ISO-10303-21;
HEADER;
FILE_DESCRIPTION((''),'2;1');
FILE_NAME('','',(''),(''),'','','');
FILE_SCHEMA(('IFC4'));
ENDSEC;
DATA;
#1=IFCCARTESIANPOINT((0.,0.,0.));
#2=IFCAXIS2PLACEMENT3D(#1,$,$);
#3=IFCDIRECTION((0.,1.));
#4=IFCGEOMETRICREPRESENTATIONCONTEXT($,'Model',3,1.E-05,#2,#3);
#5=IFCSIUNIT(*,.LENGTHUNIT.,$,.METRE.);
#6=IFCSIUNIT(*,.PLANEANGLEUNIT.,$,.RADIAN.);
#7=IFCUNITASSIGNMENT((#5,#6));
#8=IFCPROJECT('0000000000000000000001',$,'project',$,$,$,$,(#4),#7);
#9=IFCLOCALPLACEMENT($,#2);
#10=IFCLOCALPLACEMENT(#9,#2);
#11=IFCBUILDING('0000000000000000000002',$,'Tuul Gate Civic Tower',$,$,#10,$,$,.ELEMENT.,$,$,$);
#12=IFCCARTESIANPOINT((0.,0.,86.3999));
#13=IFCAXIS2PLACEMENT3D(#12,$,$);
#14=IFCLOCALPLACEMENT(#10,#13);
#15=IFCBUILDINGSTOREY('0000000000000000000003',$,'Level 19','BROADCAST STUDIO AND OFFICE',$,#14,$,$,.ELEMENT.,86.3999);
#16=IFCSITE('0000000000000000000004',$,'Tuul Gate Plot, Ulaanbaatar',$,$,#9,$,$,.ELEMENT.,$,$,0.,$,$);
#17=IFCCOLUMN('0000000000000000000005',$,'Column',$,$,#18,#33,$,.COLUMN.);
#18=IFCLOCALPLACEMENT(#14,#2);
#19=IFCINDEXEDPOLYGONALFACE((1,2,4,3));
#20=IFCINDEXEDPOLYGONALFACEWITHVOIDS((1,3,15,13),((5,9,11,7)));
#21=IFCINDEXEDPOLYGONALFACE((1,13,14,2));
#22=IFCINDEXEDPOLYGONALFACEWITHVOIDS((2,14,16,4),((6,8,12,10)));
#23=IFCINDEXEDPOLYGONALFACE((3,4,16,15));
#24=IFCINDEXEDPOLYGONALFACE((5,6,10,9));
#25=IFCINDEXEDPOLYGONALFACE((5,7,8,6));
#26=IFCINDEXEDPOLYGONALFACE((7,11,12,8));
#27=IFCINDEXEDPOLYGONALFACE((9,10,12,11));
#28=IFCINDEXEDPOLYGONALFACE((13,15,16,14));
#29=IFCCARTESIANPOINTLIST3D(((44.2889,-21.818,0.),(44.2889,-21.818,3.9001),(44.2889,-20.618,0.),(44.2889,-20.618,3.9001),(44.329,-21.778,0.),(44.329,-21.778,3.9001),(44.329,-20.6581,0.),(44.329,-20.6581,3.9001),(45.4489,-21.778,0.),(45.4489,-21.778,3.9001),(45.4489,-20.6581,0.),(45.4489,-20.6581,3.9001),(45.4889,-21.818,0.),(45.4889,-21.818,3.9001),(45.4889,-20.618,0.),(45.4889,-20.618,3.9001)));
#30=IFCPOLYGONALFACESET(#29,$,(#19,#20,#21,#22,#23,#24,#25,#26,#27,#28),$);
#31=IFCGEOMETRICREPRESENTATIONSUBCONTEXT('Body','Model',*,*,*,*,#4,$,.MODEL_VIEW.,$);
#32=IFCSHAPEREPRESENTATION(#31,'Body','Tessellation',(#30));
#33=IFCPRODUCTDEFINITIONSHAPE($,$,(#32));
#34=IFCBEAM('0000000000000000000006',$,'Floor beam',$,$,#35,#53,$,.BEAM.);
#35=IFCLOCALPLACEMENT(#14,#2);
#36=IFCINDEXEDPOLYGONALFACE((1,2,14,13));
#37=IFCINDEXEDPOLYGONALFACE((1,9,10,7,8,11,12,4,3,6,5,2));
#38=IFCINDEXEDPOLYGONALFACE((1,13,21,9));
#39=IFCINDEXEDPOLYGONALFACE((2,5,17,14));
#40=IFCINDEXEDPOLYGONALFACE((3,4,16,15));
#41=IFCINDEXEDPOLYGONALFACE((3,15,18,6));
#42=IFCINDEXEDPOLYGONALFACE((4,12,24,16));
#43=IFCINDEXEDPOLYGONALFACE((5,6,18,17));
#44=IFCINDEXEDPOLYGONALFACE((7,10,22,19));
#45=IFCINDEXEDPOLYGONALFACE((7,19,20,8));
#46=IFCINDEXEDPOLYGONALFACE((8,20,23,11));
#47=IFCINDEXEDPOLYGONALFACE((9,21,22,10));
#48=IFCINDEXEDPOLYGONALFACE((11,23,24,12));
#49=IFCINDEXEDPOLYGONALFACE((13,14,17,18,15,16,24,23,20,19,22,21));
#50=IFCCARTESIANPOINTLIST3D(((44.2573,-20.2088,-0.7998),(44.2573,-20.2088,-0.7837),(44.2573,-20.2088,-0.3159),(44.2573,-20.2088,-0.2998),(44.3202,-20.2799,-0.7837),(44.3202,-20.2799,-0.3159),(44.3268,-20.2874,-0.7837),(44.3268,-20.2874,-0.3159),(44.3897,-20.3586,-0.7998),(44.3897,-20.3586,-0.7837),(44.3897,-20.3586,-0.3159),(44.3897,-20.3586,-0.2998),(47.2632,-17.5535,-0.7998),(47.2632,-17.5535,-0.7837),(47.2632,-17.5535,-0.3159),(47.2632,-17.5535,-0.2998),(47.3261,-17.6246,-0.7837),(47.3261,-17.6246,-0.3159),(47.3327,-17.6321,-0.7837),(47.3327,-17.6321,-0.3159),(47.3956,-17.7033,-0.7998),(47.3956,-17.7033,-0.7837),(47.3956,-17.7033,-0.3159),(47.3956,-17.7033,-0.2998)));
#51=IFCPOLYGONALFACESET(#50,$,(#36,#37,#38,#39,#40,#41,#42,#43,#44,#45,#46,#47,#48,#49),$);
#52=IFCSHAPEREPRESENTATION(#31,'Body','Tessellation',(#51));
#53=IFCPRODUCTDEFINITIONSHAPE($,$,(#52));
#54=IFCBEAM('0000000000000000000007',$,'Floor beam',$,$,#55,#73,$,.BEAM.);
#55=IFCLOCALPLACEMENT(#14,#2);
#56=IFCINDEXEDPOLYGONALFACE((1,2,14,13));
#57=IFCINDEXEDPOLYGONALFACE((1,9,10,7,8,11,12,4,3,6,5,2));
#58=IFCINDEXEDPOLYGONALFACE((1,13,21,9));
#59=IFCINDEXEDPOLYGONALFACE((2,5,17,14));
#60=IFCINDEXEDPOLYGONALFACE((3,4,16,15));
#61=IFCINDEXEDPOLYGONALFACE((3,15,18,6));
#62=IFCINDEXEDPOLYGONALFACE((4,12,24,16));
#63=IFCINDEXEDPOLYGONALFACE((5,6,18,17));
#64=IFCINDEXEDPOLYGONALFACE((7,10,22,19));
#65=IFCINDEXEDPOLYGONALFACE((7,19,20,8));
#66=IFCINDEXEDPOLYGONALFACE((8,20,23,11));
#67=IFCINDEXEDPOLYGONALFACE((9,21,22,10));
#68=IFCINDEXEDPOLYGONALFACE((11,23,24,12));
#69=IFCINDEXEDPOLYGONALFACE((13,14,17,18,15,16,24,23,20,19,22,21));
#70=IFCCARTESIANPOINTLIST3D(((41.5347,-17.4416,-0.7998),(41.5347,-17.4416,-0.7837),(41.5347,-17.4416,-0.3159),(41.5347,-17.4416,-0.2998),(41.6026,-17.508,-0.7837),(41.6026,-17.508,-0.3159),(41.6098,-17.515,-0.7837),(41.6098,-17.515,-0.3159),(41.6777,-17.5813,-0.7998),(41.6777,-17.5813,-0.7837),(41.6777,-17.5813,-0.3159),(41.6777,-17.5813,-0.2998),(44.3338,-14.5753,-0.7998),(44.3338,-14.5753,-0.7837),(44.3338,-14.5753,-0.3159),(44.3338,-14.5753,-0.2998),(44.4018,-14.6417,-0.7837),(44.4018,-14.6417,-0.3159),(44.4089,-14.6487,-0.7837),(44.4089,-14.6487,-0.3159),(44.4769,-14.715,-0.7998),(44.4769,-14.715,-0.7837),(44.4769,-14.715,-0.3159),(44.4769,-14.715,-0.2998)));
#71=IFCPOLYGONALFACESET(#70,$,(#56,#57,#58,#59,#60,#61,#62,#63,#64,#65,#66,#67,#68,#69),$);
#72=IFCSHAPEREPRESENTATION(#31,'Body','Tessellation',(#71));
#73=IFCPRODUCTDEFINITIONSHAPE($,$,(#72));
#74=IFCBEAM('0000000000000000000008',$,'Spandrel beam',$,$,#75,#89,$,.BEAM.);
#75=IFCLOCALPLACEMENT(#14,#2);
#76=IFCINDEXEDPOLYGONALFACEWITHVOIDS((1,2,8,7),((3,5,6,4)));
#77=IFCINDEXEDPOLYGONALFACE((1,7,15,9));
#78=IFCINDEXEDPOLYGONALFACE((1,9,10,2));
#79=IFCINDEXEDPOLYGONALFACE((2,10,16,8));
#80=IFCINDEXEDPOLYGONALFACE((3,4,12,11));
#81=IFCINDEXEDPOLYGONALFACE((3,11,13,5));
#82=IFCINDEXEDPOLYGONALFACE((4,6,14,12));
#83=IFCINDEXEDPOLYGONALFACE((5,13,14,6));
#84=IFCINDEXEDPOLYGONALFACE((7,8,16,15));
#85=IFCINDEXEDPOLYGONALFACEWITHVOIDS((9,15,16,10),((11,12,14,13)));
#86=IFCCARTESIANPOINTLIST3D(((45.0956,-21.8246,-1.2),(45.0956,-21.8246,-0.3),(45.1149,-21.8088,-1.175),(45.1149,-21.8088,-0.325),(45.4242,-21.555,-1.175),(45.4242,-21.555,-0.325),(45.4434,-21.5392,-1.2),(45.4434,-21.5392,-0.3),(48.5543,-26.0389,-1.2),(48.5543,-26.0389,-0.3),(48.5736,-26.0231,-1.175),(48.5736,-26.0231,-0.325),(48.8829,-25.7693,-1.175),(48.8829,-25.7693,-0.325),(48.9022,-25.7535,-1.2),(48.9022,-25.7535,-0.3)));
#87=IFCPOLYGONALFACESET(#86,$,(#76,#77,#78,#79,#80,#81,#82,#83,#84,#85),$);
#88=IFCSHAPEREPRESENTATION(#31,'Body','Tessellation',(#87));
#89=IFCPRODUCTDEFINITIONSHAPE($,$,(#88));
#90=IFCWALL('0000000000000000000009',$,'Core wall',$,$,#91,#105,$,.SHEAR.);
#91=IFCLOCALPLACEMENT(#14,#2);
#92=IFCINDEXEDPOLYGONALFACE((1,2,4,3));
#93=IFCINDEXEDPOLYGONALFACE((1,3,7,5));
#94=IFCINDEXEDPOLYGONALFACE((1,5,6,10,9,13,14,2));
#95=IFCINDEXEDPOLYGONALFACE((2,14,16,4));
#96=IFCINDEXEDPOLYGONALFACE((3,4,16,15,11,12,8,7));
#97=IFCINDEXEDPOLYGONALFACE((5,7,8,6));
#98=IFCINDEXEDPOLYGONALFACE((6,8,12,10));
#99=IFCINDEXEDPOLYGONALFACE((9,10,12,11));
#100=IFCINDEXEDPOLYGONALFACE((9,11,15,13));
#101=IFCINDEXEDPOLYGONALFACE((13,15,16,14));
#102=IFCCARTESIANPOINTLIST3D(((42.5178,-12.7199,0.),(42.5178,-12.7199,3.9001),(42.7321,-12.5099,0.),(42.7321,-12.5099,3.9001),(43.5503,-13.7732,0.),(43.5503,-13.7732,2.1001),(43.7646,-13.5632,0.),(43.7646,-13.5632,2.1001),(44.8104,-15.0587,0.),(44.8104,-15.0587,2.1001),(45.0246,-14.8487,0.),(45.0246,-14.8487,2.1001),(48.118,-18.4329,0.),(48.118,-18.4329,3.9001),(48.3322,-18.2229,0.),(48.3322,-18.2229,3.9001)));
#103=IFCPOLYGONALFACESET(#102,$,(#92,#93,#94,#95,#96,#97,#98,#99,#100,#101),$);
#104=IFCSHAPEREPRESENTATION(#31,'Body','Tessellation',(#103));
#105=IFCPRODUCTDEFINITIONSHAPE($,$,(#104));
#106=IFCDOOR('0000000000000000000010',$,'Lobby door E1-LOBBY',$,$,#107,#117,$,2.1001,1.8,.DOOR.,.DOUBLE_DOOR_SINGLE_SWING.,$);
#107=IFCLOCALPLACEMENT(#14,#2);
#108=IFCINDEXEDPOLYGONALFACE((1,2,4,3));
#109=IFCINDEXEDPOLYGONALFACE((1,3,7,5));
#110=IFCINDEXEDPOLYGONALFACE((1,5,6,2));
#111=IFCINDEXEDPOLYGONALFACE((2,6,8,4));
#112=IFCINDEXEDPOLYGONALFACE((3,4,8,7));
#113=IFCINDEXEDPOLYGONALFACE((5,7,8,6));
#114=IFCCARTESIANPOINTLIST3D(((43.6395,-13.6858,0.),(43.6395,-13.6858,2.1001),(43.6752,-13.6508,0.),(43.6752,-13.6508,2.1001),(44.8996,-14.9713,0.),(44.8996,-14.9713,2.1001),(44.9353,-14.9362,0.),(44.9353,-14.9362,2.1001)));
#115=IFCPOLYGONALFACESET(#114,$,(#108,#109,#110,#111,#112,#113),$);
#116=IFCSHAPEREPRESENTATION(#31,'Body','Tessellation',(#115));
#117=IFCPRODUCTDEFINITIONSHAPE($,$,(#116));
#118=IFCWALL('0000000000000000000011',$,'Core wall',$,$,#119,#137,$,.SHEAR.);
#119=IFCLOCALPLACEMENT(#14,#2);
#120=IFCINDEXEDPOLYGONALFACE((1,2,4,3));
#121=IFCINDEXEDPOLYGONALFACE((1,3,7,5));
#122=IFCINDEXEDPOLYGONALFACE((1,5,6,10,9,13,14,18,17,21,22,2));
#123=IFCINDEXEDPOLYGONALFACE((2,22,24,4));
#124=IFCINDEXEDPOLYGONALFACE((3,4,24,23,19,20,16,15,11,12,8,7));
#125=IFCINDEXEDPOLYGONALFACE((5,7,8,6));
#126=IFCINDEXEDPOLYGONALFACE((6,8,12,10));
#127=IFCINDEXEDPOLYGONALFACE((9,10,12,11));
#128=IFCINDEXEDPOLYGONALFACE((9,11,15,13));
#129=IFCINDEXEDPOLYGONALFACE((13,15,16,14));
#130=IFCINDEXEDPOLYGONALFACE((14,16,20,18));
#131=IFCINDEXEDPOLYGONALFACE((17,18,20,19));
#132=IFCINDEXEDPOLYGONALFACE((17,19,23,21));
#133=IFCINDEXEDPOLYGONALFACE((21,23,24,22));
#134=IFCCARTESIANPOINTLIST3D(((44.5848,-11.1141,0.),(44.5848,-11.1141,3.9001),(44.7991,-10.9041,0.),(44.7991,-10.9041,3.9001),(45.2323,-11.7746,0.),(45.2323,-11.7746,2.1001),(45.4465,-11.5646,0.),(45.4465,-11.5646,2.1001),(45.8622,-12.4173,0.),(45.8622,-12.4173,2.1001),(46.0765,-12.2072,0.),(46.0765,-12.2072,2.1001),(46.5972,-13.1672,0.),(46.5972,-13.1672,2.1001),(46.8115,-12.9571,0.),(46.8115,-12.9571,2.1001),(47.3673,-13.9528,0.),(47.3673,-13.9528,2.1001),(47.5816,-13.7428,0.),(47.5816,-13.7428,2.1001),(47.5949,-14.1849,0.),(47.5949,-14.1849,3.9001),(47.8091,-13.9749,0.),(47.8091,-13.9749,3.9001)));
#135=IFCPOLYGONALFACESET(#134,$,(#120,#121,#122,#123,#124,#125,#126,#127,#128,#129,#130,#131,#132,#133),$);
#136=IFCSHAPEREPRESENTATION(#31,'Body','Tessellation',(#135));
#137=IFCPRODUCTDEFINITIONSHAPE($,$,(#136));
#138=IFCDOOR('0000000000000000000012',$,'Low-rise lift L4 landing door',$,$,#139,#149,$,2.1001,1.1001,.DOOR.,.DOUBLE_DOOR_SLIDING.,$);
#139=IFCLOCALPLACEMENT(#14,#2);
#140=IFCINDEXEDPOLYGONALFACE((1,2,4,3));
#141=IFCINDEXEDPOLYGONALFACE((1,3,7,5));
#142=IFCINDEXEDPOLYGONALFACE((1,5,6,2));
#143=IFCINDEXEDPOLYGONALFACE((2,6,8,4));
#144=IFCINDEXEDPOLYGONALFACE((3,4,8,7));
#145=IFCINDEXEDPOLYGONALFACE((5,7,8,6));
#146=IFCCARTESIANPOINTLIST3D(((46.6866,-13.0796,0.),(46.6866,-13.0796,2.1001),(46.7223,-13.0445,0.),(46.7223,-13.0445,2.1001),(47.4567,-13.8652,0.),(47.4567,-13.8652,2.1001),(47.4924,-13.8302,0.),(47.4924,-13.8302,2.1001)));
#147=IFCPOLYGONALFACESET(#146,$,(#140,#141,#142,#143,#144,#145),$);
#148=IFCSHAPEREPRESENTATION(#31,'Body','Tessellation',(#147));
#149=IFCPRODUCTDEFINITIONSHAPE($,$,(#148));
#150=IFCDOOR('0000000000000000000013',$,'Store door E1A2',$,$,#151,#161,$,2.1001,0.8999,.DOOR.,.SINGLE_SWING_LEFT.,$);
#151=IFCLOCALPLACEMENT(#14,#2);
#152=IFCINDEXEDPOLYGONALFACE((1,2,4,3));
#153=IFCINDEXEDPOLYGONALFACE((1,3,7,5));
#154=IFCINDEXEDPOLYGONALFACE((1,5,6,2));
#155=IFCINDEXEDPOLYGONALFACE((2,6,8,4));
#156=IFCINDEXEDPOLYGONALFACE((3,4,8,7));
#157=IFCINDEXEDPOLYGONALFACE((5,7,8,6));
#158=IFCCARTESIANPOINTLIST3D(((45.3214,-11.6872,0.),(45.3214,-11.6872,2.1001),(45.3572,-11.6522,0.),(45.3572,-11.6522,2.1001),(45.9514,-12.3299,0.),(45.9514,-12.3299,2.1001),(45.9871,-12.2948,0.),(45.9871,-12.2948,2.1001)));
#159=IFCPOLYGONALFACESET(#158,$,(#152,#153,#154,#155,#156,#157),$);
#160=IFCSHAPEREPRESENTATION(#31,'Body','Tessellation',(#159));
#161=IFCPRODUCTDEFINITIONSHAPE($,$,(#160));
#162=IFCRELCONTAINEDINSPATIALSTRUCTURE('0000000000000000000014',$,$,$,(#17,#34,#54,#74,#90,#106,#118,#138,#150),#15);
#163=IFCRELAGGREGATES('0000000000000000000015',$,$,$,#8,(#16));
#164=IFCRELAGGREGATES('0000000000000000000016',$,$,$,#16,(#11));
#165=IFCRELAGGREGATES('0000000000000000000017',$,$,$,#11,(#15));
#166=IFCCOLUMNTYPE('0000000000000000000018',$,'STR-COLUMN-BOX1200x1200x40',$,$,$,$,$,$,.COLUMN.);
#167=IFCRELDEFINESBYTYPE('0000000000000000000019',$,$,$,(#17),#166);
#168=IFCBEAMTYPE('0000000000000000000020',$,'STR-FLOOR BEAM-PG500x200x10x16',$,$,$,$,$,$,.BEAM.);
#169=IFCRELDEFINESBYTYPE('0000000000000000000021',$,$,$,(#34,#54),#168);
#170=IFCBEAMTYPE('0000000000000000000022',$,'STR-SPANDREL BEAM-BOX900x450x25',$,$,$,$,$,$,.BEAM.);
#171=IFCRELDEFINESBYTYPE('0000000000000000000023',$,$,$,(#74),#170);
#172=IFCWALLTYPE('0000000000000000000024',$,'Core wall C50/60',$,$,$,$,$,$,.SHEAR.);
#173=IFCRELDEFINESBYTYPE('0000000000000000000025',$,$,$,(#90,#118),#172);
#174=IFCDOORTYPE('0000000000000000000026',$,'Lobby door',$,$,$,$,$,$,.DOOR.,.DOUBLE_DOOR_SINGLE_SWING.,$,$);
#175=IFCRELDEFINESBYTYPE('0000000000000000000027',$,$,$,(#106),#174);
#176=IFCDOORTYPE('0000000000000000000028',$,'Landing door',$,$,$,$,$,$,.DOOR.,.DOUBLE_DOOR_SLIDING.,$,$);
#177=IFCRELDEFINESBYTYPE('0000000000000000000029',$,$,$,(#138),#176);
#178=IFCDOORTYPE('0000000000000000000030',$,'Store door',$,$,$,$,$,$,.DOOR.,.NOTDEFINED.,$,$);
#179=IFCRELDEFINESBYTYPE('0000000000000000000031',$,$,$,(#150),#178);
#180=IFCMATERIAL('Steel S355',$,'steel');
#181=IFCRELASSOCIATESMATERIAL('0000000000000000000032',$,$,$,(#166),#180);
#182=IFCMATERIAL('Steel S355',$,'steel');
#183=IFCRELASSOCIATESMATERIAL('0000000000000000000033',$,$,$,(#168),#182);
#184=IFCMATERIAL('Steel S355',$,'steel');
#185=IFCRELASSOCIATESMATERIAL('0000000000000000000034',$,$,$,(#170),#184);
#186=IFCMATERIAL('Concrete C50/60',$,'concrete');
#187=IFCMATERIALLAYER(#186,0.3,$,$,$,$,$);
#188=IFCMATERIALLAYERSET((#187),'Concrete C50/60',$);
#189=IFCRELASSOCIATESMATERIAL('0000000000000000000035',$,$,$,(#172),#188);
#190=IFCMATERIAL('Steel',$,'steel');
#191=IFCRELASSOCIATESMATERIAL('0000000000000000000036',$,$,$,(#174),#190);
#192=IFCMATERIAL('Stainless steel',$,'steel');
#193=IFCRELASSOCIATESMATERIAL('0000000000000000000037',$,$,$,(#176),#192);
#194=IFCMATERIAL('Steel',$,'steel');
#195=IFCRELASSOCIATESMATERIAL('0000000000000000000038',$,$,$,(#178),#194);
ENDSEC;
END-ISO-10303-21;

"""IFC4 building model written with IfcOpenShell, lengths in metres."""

from ifc_helpers import new_model, si_unit, direction, frame, frame_2d, origin, origin_2d, place, context, subcontext, project, spatial, rectangle, hollow_rectangle, i_section, extrude, material, layer, layer_set, material_profile, profile_set, type_object, element, fill, save


model = new_model("IFC4")

# Units and contexts
model_context = context("Model", 3, precision=1e-05, world=origin(), true_north=direction((0.0, 1.0)))
body_context = subcontext(model_context, "Body", "Model", "MODEL_VIEW")
ifc_project = project(units=[si_unit("LENGTHUNIT", "METRE"), si_unit("PLANEANGLEUNIT", "RADIAN")], contexts=[model_context])

# Site, building, storey
site_placement = place(None, origin())
site = spatial("IfcSite", under=ifc_project, at=site_placement, Name="Tuul Gate Plot, Ulaanbaatar", CompositionType="ELEMENT", RefElevation=0.0)
building_placement = place(site_placement, origin())
building = spatial("IfcBuilding", under=site, at=building_placement, Name="Tuul Gate Civic Tower", CompositionType="ELEMENT")
storey_placement = place(building_placement, frame((0.0, 0.0, 86.3999)))
storey = spatial("IfcBuildingStorey", under=building, at=storey_placement, Name="Level 19", Description="BROADCAST STUDIO AND OFFICE", CompositionType="ELEMENT", Elevation=86.3999)

# Column
ifc_material_1 = material(Name="Steel S355", Category="steel")
ifc_material_profile_1 = material_profile(ifc_material_1, hollow_rectangle(XDim=1.2, YDim=1.2, WallThickness=0.04, at=origin_2d()), Name="BOX1200x1200x40")
ifc_profile_set_1 = profile_set([ifc_material_profile_1], Name="Steel S355")
column_type = type_object("IfcColumnType", Name="STR-COLUMN-BOX1200x1200x40", PredefinedType="COLUMN", material=ifc_profile_set_1)
column_placement = place(storey_placement, frame((44.8889, -21.218, 0.0), z_axis=(0.0, 0.0, 1.0), x_axis=(1.0, 0.0, 0.0)))
element("IfcColumn", 1, at=column_placement, inside=storey, type_object=column_type, Name="Column", PredefinedType="COLUMN", context=body_context, shape_type="SweptSolid", body=[
    extrude(hollow_rectangle(XDim=1.2, YDim=1.2, WallThickness=0.04, at=origin_2d()), origin(), (0.0, 0.0, 1.0), 3.9001),
])

# Beams
ifc_material_2 = material(Name="Steel S355", Category="steel")
ifc_material_profile_2 = material_profile(ifc_material_2, i_section(OverallWidth=0.2, OverallDepth=0.5, WebThickness=0.01, FlangeThickness=0.0161, at=origin_2d()), Name="PG500x200x10x16")
ifc_profile_set_2 = profile_set([ifc_material_profile_2], Name="Steel S355")
beam_type_1 = type_object("IfcBeamType", Name="STR-FLOOR BEAM-PG500x200x10x16", PredefinedType="BEAM", material=ifc_profile_set_2)
beam_1_placement = place(storey_placement, frame((44.3235, -20.2837, -0.5498), z_axis=(0.749461, 0.662048, 0.0), x_axis=(-0.662048, 0.749461, 0.0)))
element("IfcBeam", 2, at=beam_1_placement, inside=storey, type_object=beam_type_1, Name="Floor beam", PredefinedType="BEAM", context=body_context, shape_type="SweptSolid", body=[
    extrude(i_section(OverallWidth=0.2, OverallDepth=0.5, WebThickness=0.01, FlangeThickness=0.0161, at=origin_2d()), origin(), (0.0, 0.0, 1.0), 4.0107),
])
beam_2_placement = place(storey_placement, frame((41.6062, -17.5115, -0.5498), z_axis=(0.698678, 0.715436, 0.0), x_axis=(-0.715436, 0.698678, 0.0)))
element("IfcBeam", 3, at=beam_2_placement, inside=storey, type_object=beam_type_1, Name="Floor beam", PredefinedType="BEAM", context=body_context, shape_type="SweptSolid", body=[
    extrude(i_section(OverallWidth=0.2, OverallDepth=0.5, WebThickness=0.01, FlangeThickness=0.0161, at=origin_2d()), origin(), (0.0, 0.0, 1.0), 4.0063),
])
ifc_material_3 = material(Name="Steel S355", Category="steel")
ifc_material_profile_3 = material_profile(ifc_material_3, hollow_rectangle(XDim=0.45, YDim=0.8999, WallThickness=0.0249, at=origin_2d()), Name="BOX900x450x25")
ifc_profile_set_3 = profile_set([ifc_material_profile_3], Name="Steel S355")
beam_type_2 = type_object("IfcBeamType", Name="STR-SPANDREL BEAM-BOX900x450x25", PredefinedType="BEAM", material=ifc_profile_set_3)
beam_3_placement = place(storey_placement, frame((45.2695, -21.6819, -0.75), z_axis=(0.634405, -0.773001, 0.0), x_axis=(0.773001, 0.634405, 0.0)))
element("IfcBeam", 4, at=beam_3_placement, inside=storey, type_object=beam_type_2, Name="Spandrel beam", PredefinedType="BEAM", context=body_context, shape_type="SweptSolid", body=[
    extrude(hollow_rectangle(XDim=0.45, YDim=0.8999, WallThickness=0.0249, at=origin_2d()), origin(), (0.0, 0.0, 1.0), 5.4519),
])

# Wall, opening, door
ifc_material_4 = material(Name="Concrete C50/60", Category="concrete")
ifc_layer_1 = layer(ifc_material_4, 0.3)
ifc_layer_set_1 = layer_set([ifc_layer_1], Name="Concrete C50/60")
wall_type_1 = type_object("IfcWallType", Name="Core wall C50/60", PredefinedType="SHEAR", material=ifc_layer_set_1)
wall_1_placement = place(storey_placement, frame((48.2251, -18.3279, 0.0), z_axis=(0.0, 0.0, 1.0), x_axis=(-0.700022, 0.714121, 0.0)))
wall_1 = element("IfcWall", 5, at=wall_1_placement, inside=storey, type_object=wall_type_1, Name="Core wall", PredefinedType="SHEAR", context=body_context, shape_type="SweptSolid", body=[
    extrude(rectangle(XDim=8.0, YDim=0.3, at=frame_2d((4.0, 0.0))), origin(), (0.0, 0.0, 1.0), 3.9001),
])
opening_1_placement = place(wall_1_placement, frame((4.7251, 0.0, 0.0)))
opening_1 = element("IfcOpeningElement", 6, at=opening_1_placement, cuts=wall_1, PredefinedType="OPENING", context=body_context, shape_type="SweptSolid", body=[
    extrude(rectangle(XDim=1.8, YDim=2.1001, at=frame_2d((0.8999, 1.05))), frame((0.0, 0.1602, 0.0), z_axis=(0.0, -1.0, 0.0), x_axis=(1.0, 0.0, 0.0)), (0.0, 0.0, 1.0), 0.3201),
])
ifc_material_5 = material(Name="Steel", Category="steel")
door_type_1 = type_object("IfcDoorType", Name="Lobby door", OperationType="DOUBLE_DOOR_SINGLE_SWING", PredefinedType="DOOR", material=ifc_material_5)
door_1_placement = place(opening_1_placement, frame((1.8, 0.0, 0.0), z_axis=(0.0, 0.0, 1.0), x_axis=(-1.0, 0.0, 0.0)))
door_1 = element("IfcDoor", 7, at=door_1_placement, inside=storey, type_object=door_type_1, Name="Lobby door E1-LOBBY", OperationType="DOUBLE_DOOR_SINGLE_SWING", OverallHeight=2.1001, OverallWidth=1.8, PredefinedType="DOOR", context=body_context, shape_type="SweptSolid", body=[
    extrude(rectangle(XDim=1.8, YDim=2.1001, at=frame_2d((0.9001, 1.05))), frame((0.0, 0.0249, 0.0), z_axis=(0.0, -1.0, 0.0), x_axis=(1.0, 0.0, 0.0)), (0.0, 0.0, 1.0), 0.05),
])
fill(opening_1, door_1)

# Wall, openings, doors
wall_2_placement = place(storey_placement, frame((47.7019, -14.0798, 0.0), z_axis=(0.0, 0.0, 1.0), x_axis=(-0.700003, 0.71414, 0.0)))
wall_2 = element("IfcWall", 8, at=wall_2_placement, inside=storey, type_object=wall_type_1, Name="Core wall", PredefinedType="SHEAR", context=body_context, shape_type="SweptSolid", body=[
    extrude(rectangle(XDim=4.3, YDim=0.3, at=frame_2d((2.1499, 0.0))), origin(), (0.0, 0.0, 1.0), 3.9001),
])
opening_2_placement = place(wall_2_placement, frame((0.325, 0.0, 0.0)))
opening_2 = element("IfcOpeningElement", 9, at=opening_2_placement, cuts=wall_2, PredefinedType="OPENING", context=body_context, shape_type="SweptSolid", body=[
    extrude(rectangle(XDim=1.1001, YDim=2.1001, at=frame_2d((0.55, 1.05))), frame((0.0, 0.1602, 0.0), z_axis=(0.0, -1.0, 0.0), x_axis=(1.0, 0.0, 0.0)), (0.0, 0.0, 1.0), 0.3201),
])
opening_3_placement = place(wall_2_placement, frame((2.4751, 0.0, 0.0)))
opening_3 = element("IfcOpeningElement", 10, at=opening_3_placement, cuts=wall_2, PredefinedType="OPENING", context=body_context, shape_type="SweptSolid", body=[
    extrude(rectangle(XDim=0.8999, YDim=2.1001, at=frame_2d((0.45, 1.05))), frame((0.0, 0.1602, 0.0), z_axis=(0.0, -1.0, 0.0), x_axis=(1.0, 0.0, 0.0)), (0.0, 0.0, 1.0), 0.3201),
])
ifc_material_6 = material(Name="Stainless steel", Category="steel")
door_type_2 = type_object("IfcDoorType", Name="Landing door", OperationType="DOUBLE_DOOR_SLIDING", PredefinedType="DOOR", material=ifc_material_6)
door_2_placement = place(opening_2_placement, origin())
door_2 = element("IfcDoor", 11, at=door_2_placement, inside=storey, type_object=door_type_2, Name="Low-rise lift L4 landing door", OperationType="DOUBLE_DOOR_SLIDING", OverallHeight=2.1001, OverallWidth=1.1001, PredefinedType="DOOR", context=body_context, shape_type="SweptSolid", body=[
    extrude(rectangle(XDim=1.1001, YDim=2.1001, at=frame_2d((0.55, 1.05))), frame((0.0, 0.0249, 0.0), z_axis=(0.0, -1.0, 0.0), x_axis=(1.0, 0.0, 0.0)), (0.0, 0.0, 1.0), 0.05),
])
fill(opening_2, door_2)
ifc_material_7 = material(Name="Steel", Category="steel")
door_type_3 = type_object("IfcDoorType", Name="Store door", OperationType="NOTDEFINED", PredefinedType="DOOR", material=ifc_material_7)
door_3_placement = place(opening_3_placement, frame((0.8999, 0.0, 0.0), z_axis=(0.0, 0.0, 1.0), x_axis=(-1.0, 0.0, 0.0)))
door_3 = element("IfcDoor", 12, at=door_3_placement, inside=storey, type_object=door_type_3, Name="Store door E1A2", OperationType="SINGLE_SWING_LEFT", OverallHeight=2.1001, OverallWidth=0.8999, PredefinedType="DOOR", context=body_context, shape_type="SweptSolid", body=[
    extrude(rectangle(XDim=0.8999, YDim=2.1001, at=frame_2d((0.45, 1.05))), frame((0.0, 0.0249, 0.0), z_axis=(0.0, -1.0, 0.0), x_axis=(1.0, 0.0, 0.0)), (0.0, 0.0, 1.0), 0.05),
])
fill(opening_3, door_3)

save(model, "model.ifc")
